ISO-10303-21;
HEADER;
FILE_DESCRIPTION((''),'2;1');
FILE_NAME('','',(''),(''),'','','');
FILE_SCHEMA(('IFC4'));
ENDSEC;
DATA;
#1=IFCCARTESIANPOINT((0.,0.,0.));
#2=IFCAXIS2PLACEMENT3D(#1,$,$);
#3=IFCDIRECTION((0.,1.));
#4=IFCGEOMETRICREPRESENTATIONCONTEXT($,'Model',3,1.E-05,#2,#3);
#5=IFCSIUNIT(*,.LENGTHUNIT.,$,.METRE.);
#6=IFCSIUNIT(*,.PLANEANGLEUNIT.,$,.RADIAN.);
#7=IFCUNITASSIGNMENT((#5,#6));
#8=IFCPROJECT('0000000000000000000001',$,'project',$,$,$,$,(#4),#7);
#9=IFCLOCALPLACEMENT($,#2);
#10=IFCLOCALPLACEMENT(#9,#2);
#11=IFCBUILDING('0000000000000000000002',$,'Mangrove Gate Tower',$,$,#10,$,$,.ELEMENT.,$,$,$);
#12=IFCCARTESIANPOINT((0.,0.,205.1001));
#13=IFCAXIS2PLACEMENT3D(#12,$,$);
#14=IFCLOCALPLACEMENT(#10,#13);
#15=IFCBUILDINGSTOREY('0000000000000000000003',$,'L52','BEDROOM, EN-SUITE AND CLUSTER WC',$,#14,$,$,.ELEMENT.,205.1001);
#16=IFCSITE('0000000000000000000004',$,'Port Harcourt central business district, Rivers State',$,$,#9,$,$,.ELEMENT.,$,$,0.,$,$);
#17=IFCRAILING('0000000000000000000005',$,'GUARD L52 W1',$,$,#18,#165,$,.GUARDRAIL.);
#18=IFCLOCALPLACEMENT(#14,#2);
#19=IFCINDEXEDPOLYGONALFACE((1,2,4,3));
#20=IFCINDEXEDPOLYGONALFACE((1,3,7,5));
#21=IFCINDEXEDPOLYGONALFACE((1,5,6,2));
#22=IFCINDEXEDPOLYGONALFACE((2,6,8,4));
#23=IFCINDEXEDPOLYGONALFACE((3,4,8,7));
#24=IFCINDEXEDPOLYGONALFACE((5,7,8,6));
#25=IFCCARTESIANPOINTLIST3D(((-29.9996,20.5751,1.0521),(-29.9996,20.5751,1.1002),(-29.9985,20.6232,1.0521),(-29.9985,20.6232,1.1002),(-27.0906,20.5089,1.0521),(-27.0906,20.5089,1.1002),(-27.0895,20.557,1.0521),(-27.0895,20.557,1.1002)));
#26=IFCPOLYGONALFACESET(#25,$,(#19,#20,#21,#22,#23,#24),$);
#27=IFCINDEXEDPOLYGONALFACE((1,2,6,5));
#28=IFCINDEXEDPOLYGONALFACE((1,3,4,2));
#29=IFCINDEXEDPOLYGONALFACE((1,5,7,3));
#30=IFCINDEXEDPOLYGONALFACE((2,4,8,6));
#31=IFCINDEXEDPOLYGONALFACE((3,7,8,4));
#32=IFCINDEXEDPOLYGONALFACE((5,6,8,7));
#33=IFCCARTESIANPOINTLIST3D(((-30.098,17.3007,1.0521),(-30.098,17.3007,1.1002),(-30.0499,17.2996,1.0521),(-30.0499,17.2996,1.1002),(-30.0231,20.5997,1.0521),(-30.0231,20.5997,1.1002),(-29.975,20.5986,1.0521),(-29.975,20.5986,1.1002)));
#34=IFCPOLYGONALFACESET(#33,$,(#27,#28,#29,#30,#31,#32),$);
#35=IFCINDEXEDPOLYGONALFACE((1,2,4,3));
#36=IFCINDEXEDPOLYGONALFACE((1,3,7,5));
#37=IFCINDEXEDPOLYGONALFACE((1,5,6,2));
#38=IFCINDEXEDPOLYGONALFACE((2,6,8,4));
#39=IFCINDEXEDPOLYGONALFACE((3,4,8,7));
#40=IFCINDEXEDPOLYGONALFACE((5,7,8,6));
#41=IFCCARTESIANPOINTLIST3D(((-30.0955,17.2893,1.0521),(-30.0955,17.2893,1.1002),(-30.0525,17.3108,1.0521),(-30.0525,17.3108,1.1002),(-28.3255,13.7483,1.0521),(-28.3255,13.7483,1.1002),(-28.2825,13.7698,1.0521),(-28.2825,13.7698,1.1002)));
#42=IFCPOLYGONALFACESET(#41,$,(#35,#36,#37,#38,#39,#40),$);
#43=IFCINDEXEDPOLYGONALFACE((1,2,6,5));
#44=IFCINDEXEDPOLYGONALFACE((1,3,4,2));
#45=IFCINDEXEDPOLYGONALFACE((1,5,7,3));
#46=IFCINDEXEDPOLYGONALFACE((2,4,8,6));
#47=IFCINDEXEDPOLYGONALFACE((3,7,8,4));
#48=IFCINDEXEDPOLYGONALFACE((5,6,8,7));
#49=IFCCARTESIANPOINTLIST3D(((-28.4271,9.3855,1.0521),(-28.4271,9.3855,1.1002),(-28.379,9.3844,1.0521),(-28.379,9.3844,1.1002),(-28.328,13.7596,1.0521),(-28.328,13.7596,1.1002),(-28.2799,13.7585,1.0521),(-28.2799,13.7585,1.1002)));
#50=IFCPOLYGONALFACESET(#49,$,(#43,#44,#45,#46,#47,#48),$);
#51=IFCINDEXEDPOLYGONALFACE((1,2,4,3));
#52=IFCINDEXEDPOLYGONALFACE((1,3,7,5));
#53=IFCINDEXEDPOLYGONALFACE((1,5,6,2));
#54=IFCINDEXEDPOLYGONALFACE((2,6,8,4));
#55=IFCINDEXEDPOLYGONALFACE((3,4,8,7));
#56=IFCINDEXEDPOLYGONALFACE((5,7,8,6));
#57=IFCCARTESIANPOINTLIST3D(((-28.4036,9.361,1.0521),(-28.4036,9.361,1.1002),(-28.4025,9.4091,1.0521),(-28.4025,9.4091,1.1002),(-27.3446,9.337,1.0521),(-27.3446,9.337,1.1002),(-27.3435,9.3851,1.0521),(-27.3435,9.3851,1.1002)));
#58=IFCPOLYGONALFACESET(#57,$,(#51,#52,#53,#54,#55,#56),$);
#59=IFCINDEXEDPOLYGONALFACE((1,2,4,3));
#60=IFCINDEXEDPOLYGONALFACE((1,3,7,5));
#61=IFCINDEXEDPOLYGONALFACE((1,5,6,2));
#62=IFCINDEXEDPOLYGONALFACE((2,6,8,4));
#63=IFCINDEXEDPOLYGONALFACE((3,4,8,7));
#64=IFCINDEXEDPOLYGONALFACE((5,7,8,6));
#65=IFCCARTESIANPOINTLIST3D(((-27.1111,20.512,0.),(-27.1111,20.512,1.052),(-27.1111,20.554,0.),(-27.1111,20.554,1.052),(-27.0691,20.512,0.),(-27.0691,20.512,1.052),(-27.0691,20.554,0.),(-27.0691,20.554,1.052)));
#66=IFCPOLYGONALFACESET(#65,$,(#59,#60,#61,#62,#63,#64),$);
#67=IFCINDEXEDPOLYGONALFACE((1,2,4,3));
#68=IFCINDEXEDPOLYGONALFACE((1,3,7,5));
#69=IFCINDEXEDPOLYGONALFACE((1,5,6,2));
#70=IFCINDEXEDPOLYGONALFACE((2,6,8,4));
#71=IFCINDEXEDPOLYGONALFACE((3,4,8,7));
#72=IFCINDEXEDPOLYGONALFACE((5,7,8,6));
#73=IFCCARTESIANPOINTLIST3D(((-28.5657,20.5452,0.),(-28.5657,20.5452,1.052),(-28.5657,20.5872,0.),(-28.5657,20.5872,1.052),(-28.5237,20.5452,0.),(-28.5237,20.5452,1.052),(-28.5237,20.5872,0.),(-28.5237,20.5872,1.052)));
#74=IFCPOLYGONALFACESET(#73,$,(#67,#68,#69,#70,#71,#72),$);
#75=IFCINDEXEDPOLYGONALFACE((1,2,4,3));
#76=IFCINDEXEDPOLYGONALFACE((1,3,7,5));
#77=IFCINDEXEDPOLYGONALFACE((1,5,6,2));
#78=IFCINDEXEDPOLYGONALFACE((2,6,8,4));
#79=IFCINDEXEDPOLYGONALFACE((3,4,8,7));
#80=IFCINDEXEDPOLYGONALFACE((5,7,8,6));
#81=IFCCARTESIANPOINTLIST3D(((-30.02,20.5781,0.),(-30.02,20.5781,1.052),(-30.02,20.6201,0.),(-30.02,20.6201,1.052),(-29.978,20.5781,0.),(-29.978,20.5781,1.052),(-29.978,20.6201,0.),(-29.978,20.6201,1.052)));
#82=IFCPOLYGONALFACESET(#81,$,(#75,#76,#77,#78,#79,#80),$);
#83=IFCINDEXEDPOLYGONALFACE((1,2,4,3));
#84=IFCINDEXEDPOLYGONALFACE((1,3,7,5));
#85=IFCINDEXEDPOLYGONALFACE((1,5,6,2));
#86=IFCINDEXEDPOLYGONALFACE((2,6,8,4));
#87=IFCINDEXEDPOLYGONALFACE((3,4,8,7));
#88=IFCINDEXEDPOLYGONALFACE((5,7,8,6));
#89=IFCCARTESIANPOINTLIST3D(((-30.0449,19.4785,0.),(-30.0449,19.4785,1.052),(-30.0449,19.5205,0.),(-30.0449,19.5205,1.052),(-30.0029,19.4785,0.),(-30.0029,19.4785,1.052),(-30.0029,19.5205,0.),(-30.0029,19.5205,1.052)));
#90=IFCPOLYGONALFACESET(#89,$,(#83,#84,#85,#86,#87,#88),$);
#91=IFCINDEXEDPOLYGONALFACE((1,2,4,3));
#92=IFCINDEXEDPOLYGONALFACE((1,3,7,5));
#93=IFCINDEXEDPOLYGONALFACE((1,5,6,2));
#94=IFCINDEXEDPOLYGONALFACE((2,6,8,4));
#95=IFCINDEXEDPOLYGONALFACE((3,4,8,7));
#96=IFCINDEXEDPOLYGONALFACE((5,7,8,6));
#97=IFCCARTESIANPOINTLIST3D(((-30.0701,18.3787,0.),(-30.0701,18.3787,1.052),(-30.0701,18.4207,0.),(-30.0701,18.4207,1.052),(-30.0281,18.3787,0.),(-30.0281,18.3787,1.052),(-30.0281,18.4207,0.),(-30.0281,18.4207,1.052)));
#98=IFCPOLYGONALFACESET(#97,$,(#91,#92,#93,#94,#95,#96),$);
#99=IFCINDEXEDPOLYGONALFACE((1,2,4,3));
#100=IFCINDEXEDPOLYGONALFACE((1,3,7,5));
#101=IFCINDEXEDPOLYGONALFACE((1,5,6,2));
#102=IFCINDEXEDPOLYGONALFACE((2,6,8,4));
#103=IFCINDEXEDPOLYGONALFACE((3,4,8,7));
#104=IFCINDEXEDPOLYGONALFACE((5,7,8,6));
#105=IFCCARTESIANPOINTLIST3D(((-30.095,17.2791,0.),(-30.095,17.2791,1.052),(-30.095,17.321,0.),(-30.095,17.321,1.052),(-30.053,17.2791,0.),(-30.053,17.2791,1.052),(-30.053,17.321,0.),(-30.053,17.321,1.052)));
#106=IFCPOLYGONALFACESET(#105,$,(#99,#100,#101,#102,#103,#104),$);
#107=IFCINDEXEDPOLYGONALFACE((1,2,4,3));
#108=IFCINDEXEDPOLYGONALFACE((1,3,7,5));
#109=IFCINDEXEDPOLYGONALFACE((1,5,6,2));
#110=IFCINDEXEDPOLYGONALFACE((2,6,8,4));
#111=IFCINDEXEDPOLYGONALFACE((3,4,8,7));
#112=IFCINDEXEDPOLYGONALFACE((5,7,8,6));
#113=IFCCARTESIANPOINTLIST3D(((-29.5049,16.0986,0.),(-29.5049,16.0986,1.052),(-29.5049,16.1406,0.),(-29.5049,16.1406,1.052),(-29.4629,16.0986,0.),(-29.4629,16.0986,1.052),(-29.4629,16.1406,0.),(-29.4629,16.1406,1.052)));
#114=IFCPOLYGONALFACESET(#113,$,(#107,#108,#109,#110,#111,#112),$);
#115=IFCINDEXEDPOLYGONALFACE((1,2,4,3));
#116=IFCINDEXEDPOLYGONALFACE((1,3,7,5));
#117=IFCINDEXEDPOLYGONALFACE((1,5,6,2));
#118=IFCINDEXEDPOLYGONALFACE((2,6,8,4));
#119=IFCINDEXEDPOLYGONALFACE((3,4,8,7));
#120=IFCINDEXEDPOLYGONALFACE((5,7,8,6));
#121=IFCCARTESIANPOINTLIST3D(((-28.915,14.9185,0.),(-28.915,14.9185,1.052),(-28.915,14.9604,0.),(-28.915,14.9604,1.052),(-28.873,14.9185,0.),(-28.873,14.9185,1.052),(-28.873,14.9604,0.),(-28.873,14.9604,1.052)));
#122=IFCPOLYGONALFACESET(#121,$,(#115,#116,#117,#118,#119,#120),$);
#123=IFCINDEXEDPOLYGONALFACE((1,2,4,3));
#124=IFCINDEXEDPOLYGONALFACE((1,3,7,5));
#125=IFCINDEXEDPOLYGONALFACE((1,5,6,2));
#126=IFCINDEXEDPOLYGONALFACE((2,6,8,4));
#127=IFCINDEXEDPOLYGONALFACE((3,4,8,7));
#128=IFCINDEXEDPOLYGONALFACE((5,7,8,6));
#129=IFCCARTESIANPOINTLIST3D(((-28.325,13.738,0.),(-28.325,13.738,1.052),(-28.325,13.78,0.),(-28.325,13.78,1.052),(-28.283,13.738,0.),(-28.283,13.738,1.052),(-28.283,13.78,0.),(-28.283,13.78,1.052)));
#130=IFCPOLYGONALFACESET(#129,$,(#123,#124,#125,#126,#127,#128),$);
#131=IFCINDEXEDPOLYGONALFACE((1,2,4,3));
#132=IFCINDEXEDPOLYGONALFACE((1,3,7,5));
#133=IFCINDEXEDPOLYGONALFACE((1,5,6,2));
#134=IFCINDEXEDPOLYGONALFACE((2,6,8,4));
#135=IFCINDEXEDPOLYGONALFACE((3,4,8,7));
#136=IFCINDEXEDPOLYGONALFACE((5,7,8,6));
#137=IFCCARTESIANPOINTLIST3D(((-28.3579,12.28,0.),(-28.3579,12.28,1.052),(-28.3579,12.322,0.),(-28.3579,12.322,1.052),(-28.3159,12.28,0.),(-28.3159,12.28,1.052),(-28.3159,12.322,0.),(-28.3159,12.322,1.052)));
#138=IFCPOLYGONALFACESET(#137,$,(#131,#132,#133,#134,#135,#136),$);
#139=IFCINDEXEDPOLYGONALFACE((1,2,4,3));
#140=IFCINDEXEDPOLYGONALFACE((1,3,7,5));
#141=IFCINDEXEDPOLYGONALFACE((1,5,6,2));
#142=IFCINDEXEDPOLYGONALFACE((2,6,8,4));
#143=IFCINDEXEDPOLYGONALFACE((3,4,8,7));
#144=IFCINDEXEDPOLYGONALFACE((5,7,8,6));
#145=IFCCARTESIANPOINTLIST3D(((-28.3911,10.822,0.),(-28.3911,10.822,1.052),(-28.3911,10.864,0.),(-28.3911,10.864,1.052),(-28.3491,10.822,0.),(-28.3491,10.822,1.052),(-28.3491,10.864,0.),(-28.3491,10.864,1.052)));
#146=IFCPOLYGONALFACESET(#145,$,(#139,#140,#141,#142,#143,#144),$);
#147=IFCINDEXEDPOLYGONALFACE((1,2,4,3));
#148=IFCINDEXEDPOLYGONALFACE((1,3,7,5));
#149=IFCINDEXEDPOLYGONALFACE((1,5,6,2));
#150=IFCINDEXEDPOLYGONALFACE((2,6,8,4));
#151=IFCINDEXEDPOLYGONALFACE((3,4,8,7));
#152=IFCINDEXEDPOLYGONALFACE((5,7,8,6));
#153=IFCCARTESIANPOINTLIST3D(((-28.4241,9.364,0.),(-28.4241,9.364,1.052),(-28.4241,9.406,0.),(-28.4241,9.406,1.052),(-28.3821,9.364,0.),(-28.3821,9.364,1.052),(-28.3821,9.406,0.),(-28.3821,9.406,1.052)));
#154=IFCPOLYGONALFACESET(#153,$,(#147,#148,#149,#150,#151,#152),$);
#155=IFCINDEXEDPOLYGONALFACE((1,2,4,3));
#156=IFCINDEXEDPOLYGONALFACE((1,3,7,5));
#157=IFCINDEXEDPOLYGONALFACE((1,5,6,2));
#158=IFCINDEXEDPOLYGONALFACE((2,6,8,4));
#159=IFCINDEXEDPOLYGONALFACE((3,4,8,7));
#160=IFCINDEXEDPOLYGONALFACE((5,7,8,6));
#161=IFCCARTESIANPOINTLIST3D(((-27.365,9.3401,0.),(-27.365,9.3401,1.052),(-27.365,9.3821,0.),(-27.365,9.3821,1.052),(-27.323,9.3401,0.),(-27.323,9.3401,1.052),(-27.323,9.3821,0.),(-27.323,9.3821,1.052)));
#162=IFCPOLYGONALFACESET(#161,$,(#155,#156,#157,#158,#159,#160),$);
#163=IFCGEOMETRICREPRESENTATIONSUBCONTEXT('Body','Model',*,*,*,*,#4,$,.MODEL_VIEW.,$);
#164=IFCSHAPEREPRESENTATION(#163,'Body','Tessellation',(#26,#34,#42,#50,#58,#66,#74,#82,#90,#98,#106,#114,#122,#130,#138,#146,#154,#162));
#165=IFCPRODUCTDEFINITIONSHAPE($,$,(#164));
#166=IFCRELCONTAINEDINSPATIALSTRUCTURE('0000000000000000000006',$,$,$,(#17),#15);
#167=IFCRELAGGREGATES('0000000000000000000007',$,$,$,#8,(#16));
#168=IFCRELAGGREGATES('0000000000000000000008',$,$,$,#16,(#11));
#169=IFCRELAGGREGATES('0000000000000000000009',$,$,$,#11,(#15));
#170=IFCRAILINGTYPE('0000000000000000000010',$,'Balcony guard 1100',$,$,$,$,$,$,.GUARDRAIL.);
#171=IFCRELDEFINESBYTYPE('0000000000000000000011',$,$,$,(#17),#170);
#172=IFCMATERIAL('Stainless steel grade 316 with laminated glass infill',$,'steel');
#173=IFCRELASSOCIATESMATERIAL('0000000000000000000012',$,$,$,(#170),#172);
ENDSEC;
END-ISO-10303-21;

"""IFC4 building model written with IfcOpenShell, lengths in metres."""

from ifc_helpers import new_model, si_unit, direction, frame, origin, origin_2d, place, context, subcontext, project, spatial, rectangle, extrude, material, type_object, element, save


model = new_model("IFC4")

# Units and contexts
model_context = context("Model", 3, precision=1e-05, world=origin(), true_north=direction((0.0, 1.0)))
body_context = subcontext(model_context, "Body", "Model", "MODEL_VIEW")
ifc_project = project(units=[si_unit("LENGTHUNIT", "METRE"), si_unit("PLANEANGLEUNIT", "RADIAN")], contexts=[model_context])

# Site, building, storey
site_placement = place(None, origin())
site = spatial("IfcSite", under=ifc_project, at=site_placement, Name="Port Harcourt central business district, Rivers State", CompositionType="ELEMENT", RefElevation=0.0)
building_placement = place(site_placement, origin())
building = spatial("IfcBuilding", under=site, at=building_placement, Name="Mangrove Gate Tower", CompositionType="ELEMENT")
storey_placement = place(building_placement, frame((0.0, 0.0, 205.1001)))
storey = spatial("IfcBuildingStorey", under=building, at=storey_placement, Name="L52", Description="BEDROOM, EN-SUITE AND CLUSTER WC", CompositionType="ELEMENT", Elevation=205.1001)

# Railing
ifc_material_1 = material(Name="Stainless steel grade 316 with laminated glass infill", Category="steel")
railing_type = type_object("IfcRailingType", Name="Balcony guard 1100", PredefinedType="GUARDRAIL", material=ifc_material_1)
railing_placement = place(storey_placement, frame((-27.0901, 20.533, 0.0)))
element("IfcRailing", 1, at=railing_placement, inside=storey, type_object=railing_type, Name="GUARD L52 W1", PredefinedType="GUARDRAIL", context=body_context, shape_type="SweptSolid", body=[
    extrude(rectangle(XDim=0.0481, YDim=0.0481, at=origin_2d()), frame((0.0, 0.0, 1.0762), z_axis=(-0.999741, 0.022739, 0.0), x_axis=(-0.022739, -0.999741, 0.0)), (0.0, 0.0, 1.0), 2.9097),
    extrude(rectangle(XDim=0.0481, YDim=0.0481, at=origin_2d()), frame((-2.9089, 0.0662, 1.0762), z_axis=(-0.022713, -0.999742, 0.0), x_axis=(0.999742, -0.022713, 0.0)), (0.0, 0.0, 1.0), 3.2998),
    extrude(rectangle(XDim=0.0481, YDim=0.0481, at=origin_2d()), frame((-2.9839, -3.2329, 1.0762), z_axis=(0.447115, -0.894477, 0.0), x_axis=(0.894477, 0.447115, 0.0)), (0.0, 0.0, 1.0), 3.9587),
    extrude(rectangle(XDim=0.0481, YDim=0.0481, at=origin_2d()), frame((-1.2139, -6.7739, 1.0762), z_axis=(-0.022655, -0.999743, 0.0), x_axis=(0.999743, -0.022655, 0.0)), (0.0, 0.0, 1.0), 4.3752),
    extrude(rectangle(XDim=0.0481, YDim=0.0481, at=origin_2d()), frame((-1.313, -11.1479, 1.0762), z_axis=(0.999745, -0.022585, 0.0), x_axis=(0.022585, 0.999745, 0.0)), (0.0, 0.0, 1.0), 1.0593),
    extrude(rectangle(XDim=0.042, YDim=0.042, at=origin_2d()), origin(), (0.0, 0.0, 1.0), 1.052),
    extrude(rectangle(XDim=0.042, YDim=0.042, at=origin_2d()), frame((-1.4546, 0.0332, 0.0)), (0.0, 0.0, 1.0), 1.052),
    extrude(rectangle(XDim=0.042, YDim=0.042, at=origin_2d()), frame((-2.9089, 0.0662, 0.0)), (0.0, 0.0, 1.0), 1.052),
    extrude(rectangle(XDim=0.042, YDim=0.042, at=origin_2d()), frame((-2.9338, -1.0334, 0.0)), (0.0, 0.0, 1.0), 1.052),
    extrude(rectangle(XDim=0.042, YDim=0.042, at=origin_2d()), frame((-2.959, -2.1333, 0.0)), (0.0, 0.0, 1.0), 1.052),
    extrude(rectangle(XDim=0.042, YDim=0.042, at=origin_2d()), frame((-2.9839, -3.2329, 0.0)), (0.0, 0.0, 1.0), 1.052),
    extrude(rectangle(XDim=0.042, YDim=0.042, at=origin_2d()), frame((-2.3938, -4.4133, 0.0)), (0.0, 0.0, 1.0), 1.052),
    extrude(rectangle(XDim=0.042, YDim=0.042, at=origin_2d()), frame((-1.804, -5.5935, 0.0)), (0.0, 0.0, 1.0), 1.052),
    extrude(rectangle(XDim=0.042, YDim=0.042, at=origin_2d()), frame((-1.2139, -6.7739, 0.0)), (0.0, 0.0, 1.0), 1.052),
    extrude(rectangle(XDim=0.042, YDim=0.042, at=origin_2d()), frame((-1.2468, -8.2319, 0.0)), (0.0, 0.0, 1.0), 1.052),
    extrude(rectangle(XDim=0.042, YDim=0.042, at=origin_2d()), frame((-1.28, -9.6899, 0.0)), (0.0, 0.0, 1.0), 1.052),
    extrude(rectangle(XDim=0.042, YDim=0.042, at=origin_2d()), frame((-1.313, -11.1479, 0.0)), (0.0, 0.0, 1.0), 1.052),
    extrude(rectangle(XDim=0.042, YDim=0.042, at=origin_2d()), frame((-0.2539, -11.1719, 0.0)), (0.0, 0.0, 1.0), 1.052),
])

save(model, "model.ifc")
